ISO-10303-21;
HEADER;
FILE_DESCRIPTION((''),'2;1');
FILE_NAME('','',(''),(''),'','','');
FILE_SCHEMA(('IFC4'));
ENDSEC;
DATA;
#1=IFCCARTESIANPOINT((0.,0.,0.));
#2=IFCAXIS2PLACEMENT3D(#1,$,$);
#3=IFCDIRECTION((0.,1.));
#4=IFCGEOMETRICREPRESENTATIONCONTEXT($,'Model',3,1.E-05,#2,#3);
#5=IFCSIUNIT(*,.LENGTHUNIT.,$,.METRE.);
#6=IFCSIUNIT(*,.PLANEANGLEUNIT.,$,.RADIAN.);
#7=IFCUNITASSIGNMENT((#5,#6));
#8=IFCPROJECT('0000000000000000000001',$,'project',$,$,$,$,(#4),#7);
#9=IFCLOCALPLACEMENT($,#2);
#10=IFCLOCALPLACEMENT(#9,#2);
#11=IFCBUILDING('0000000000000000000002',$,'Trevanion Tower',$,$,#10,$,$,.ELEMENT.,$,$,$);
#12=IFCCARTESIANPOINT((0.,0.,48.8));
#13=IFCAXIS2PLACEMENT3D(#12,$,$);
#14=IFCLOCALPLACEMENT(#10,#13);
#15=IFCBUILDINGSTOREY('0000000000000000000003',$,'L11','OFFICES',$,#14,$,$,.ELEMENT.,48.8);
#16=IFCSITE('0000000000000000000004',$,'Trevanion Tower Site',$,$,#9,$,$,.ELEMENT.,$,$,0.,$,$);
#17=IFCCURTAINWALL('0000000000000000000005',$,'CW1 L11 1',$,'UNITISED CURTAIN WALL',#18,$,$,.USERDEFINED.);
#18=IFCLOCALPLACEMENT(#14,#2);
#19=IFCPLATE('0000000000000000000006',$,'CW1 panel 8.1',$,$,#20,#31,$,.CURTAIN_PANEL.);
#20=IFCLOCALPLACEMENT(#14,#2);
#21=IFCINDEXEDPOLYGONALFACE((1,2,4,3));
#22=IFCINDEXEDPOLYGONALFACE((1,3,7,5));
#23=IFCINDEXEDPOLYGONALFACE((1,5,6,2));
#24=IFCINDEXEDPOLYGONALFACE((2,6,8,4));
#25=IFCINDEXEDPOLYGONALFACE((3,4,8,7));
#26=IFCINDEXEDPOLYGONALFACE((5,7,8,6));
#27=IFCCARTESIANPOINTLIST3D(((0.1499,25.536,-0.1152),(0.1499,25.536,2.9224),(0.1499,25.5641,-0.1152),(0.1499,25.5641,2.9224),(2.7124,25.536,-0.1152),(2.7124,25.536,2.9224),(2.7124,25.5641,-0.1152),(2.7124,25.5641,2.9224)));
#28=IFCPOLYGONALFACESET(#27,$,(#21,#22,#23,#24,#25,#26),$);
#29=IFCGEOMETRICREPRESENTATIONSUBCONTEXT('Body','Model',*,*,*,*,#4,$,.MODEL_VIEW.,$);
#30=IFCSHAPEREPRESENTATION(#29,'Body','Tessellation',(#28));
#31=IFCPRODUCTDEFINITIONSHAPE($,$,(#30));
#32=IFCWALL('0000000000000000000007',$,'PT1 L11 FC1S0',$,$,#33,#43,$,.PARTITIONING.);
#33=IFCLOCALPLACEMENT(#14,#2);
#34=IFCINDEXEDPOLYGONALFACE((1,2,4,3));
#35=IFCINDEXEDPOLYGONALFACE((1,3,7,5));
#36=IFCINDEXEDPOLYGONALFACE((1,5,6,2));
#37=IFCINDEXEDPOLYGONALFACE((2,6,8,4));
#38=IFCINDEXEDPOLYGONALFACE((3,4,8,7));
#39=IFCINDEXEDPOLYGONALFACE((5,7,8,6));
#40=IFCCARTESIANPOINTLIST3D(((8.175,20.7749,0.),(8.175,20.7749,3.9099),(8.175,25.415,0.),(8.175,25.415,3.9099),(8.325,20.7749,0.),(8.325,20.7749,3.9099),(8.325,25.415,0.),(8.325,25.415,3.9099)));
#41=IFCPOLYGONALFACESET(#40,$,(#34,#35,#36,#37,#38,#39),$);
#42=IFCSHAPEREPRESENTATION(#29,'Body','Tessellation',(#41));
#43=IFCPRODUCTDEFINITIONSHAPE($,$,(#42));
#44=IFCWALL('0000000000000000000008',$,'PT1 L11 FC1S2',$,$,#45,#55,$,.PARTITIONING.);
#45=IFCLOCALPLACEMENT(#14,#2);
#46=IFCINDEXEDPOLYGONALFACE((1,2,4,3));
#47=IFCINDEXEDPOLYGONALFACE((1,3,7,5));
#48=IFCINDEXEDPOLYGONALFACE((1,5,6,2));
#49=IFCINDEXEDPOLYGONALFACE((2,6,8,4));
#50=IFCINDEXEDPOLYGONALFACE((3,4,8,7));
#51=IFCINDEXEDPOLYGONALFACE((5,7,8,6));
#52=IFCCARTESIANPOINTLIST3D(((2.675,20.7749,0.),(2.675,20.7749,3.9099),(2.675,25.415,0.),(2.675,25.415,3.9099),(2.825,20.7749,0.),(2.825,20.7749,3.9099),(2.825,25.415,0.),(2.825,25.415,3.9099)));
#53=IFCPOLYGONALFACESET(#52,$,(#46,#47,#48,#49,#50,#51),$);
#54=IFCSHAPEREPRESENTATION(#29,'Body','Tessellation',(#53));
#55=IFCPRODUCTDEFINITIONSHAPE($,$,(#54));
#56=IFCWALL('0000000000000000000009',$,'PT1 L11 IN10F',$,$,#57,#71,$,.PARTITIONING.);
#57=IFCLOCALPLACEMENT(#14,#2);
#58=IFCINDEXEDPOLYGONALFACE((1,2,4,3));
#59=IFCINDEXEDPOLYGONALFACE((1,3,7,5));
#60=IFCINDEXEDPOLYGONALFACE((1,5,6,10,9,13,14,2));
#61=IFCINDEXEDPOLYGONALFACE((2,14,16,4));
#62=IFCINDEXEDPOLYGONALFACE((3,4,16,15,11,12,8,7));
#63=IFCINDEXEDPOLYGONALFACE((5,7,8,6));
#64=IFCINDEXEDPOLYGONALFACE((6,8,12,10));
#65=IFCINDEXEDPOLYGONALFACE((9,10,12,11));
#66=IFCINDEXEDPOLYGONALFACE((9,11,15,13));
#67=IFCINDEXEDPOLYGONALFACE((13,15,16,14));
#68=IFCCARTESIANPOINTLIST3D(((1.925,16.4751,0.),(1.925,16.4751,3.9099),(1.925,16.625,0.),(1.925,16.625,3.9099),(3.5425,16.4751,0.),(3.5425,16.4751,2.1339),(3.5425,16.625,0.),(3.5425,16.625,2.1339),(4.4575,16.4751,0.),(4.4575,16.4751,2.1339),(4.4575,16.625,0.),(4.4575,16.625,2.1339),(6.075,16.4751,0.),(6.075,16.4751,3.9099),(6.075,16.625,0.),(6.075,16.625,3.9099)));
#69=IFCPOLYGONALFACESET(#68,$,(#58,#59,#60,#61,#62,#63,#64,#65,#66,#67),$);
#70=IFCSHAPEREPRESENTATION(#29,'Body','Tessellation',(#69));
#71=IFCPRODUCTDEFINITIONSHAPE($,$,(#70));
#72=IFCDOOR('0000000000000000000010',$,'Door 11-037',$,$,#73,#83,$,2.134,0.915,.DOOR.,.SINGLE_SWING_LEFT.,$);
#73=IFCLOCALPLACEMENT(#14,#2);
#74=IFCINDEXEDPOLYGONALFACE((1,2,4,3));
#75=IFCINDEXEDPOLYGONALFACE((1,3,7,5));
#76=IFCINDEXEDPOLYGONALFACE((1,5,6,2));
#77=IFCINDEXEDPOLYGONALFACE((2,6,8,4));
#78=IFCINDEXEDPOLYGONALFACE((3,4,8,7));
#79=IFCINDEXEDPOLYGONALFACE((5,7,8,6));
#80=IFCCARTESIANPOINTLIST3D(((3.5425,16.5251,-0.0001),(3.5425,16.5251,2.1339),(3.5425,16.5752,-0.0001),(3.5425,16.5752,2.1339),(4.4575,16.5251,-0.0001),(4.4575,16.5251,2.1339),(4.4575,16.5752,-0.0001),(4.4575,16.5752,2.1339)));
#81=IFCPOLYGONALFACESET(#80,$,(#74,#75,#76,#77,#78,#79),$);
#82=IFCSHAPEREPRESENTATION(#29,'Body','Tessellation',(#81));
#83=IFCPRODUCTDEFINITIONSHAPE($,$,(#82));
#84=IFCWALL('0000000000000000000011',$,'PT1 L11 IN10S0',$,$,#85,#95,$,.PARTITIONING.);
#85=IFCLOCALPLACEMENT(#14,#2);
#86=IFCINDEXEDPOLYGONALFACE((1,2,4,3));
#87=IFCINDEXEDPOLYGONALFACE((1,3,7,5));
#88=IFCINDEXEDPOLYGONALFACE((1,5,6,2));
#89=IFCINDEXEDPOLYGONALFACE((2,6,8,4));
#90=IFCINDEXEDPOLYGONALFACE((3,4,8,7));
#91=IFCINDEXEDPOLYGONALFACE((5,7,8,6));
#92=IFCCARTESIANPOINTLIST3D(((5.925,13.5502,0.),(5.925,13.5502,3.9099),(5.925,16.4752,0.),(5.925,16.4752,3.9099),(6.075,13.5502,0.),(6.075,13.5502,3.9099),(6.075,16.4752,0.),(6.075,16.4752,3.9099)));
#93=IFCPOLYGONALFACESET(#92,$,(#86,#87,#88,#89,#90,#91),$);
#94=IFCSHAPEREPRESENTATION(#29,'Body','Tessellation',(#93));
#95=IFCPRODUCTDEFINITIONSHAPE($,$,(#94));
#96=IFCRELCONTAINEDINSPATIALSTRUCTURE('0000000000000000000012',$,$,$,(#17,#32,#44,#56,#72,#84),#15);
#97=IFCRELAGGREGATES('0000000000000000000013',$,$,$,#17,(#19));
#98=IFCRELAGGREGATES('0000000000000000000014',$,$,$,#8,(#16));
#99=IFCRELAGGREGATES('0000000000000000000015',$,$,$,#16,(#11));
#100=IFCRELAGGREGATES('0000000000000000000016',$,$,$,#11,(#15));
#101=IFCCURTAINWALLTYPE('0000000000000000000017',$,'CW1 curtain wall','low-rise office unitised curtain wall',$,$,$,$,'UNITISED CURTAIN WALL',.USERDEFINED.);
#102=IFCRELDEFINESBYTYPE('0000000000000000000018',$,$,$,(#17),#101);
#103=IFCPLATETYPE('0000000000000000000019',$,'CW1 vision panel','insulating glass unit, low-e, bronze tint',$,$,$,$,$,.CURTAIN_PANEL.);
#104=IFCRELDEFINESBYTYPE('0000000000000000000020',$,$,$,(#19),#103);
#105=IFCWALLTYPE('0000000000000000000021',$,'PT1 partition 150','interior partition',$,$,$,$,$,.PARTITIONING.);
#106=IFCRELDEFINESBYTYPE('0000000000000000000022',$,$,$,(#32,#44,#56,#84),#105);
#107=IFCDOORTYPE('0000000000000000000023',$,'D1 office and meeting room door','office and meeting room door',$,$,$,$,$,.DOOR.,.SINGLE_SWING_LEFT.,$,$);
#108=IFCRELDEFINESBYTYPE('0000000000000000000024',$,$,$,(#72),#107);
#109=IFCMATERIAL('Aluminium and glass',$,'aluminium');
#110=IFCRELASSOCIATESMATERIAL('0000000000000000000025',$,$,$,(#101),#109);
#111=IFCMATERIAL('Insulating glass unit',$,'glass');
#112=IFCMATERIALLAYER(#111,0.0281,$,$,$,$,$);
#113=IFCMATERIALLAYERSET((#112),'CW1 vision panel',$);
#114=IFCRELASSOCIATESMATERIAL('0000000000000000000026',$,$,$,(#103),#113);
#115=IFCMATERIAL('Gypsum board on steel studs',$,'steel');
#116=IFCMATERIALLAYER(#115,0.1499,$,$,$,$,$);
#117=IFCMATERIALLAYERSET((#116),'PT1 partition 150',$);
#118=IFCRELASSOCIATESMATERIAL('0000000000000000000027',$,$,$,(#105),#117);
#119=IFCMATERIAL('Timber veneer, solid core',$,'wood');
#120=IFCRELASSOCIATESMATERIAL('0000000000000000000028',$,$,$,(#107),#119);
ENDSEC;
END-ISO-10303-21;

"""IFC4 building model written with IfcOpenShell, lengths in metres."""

from ifc_helpers import new_model, si_unit, direction, frame, frame_2d, origin, origin_2d, place, context, subcontext, project, spatial, rectangle, extrude, material, layer, layer_set, type_object, element, fill, aggregate, save


model = new_model("IFC4")

# Units and contexts
model_context = context("Model", 3, precision=1e-05, world=origin(), true_north=direction((0.0, 1.0)))
body_context = subcontext(model_context, "Body", "Model", "MODEL_VIEW")
ifc_project = project(units=[si_unit("LENGTHUNIT", "METRE"), si_unit("PLANEANGLEUNIT", "RADIAN")], contexts=[model_context])

# Site, building, storey
site_placement = place(None, origin())
site = spatial("IfcSite", under=ifc_project, at=site_placement, Name="Trevanion Tower Site", CompositionType="ELEMENT", RefElevation=0.0)
building_placement = place(site_placement, origin())
building = spatial("IfcBuilding", under=site, at=building_placement, Name="Trevanion Tower", CompositionType="ELEMENT")
storey_placement = place(building_placement, frame((0.0, 0.0, 48.8)))
storey = spatial("IfcBuildingStorey", under=building, at=storey_placement, Name="L11", Description="OFFICES", CompositionType="ELEMENT", Elevation=48.8)

# Curtain wall, plate
ifc_material_1 = material(Name="Aluminium and glass", Category="aluminium")
curtain_wall_type = type_object("IfcCurtainWallType", Name="CW1 curtain wall", Description="low-rise office unitised curtain wall", ElementType="UNITISED CURTAIN WALL", PredefinedType="USERDEFINED", material=ifc_material_1)
curtain_wall_placement = place(storey_placement, origin())
curtain_wall = element("IfcCurtainWall", 1, at=curtain_wall_placement, inside=storey, type_object=curtain_wall_type, Name="CW1 L11 1", ObjectType="UNITISED CURTAIN WALL", PredefinedType="USERDEFINED")
ifc_material_2 = material(Name="Insulating glass unit", Category="glass")
ifc_layer_1 = layer(ifc_material_2, 0.0281)
ifc_layer_set_1 = layer_set([ifc_layer_1], Name="CW1 vision panel")
plate_type_1 = type_object("IfcPlateType", Name="CW1 vision panel", Description="insulating glass unit, low-e, bronze tint", PredefinedType="CURTAIN_PANEL", material=ifc_layer_set_1)
plate_1_placement = place(storey_placement, frame((1.4312, 25.55, -0.1152), z_axis=(0.0, 0.0, 1.0), x_axis=(-1.0, 0.0, 0.0)))
plate_1 = element("IfcPlate", 2, at=plate_1_placement, type_object=plate_type_1, Name="CW1 panel 8.1", PredefinedType="CURTAIN_PANEL", context=body_context, shape_type="SweptSolid", body=[
    extrude(rectangle(XDim=2.5625, YDim=0.0281, at=origin_2d()), origin(), (0.0, 0.0, 1.0), 3.0376),
])
aggregate(curtain_wall, [plate_1])

# Walls
ifc_material_3 = material(Name="Gypsum board on steel studs", Category="steel")
ifc_layer_2 = layer(ifc_material_3, 0.1499)
ifc_layer_set_2 = layer_set([ifc_layer_2], Name="PT1 partition 150")
wall_type = type_object("IfcWallType", Name="PT1 partition 150", Description="interior partition", PredefinedType="PARTITIONING", material=ifc_layer_set_2)
for number, where, z_axis, x_axis, name in (
    (3, (8.25, 20.7749, 0.0), (0.0, 0.0, 1.0), (0.0, 1.0, 0.0), "PT1 L11 FC1S0"),
    (4, (2.75, 20.7749, 0.0), (0.0, 0.0, 1.0), (0.0, 1.0, 0.0), "PT1 L11 FC1S2"),
):
    element("IfcWall", number, at=place(storey_placement, frame(where, z_axis=z_axis, x_axis=x_axis)), inside=storey, type_object=wall_type, Name=name, PredefinedType="PARTITIONING", context=body_context, shape_type="SweptSolid", body=[
        extrude(rectangle(XDim=4.6401, YDim=0.1499, at=frame_2d((2.3201, 0.0))), origin(), (0.0, 0.0, 1.0), 3.9099),
    ])

# Wall, opening, door
wall_1_placement = place(storey_placement, frame((6.075, 16.55, 0.0), z_axis=(0.0, 0.0, 1.0), x_axis=(-1.0, 0.0, 0.0)))
wall_1 = element("IfcWall", 5, at=wall_1_placement, inside=storey, type_object=wall_type, Name="PT1 L11 IN10F", PredefinedType="PARTITIONING", context=body_context, shape_type="SweptSolid", body=[
    extrude(rectangle(XDim=4.1499, YDim=0.1499, at=frame_2d((2.075, 0.0))), origin(), (0.0, 0.0, 1.0), 3.9099),
])
opening_placement = place(wall_1_placement, frame((1.6174, 0.0, 0.0)))
opening = element("IfcOpeningElement", 6, at=opening_placement, cuts=wall_1, PredefinedType="OPENING", context=body_context, shape_type="SweptSolid", body=[
    extrude(rectangle(XDim=0.915, YDim=2.134, at=frame_2d((0.4575, 1.0669))), frame((0.0, 0.085, 0.0), z_axis=(0.0, -1.0, 0.0), x_axis=(1.0, 0.0, 0.0)), (0.0, 0.0, 1.0), 0.1699),
])
ifc_material_4 = material(Name="Timber veneer, solid core", Category="wood")
door_type = type_object("IfcDoorType", Name="D1 office and meeting room door", Description="office and meeting room door", OperationType="SINGLE_SWING_LEFT", PredefinedType="DOOR", material=ifc_material_4)
door_placement = place(opening_placement, origin())
door = element("IfcDoor", 7, at=door_placement, inside=storey, type_object=door_type, Name="Door 11-037", OperationType="SINGLE_SWING_LEFT", OverallHeight=2.134, OverallWidth=0.915, PredefinedType="DOOR", context=body_context, shape_type="SweptSolid", body=[
    extrude(rectangle(XDim=0.915, YDim=2.134, at=frame_2d((0.4575, 1.0669))), frame((0.0, 0.0249, 0.0), z_axis=(0.0, -1.0, 0.0), x_axis=(1.0, 0.0, 0.0)), (0.0, 0.0, 1.0), 0.05),
])
fill(opening, door)

# Wall
wall_2_placement = place(storey_placement, frame((6.0, 16.4751, 0.0), z_axis=(0.0, 0.0, 1.0), x_axis=(0.0, -1.0, 0.0)))
element("IfcWall", 8, at=wall_2_placement, inside=storey, type_object=wall_type, Name="PT1 L11 IN10S0", PredefinedType="PARTITIONING", context=body_context, shape_type="SweptSolid", body=[
    extrude(rectangle(XDim=2.925, YDim=0.1499, at=frame_2d((1.4624, 0.0))), origin(), (0.0, 0.0, 1.0), 3.9099),
])

save(model, "model.ifc")
